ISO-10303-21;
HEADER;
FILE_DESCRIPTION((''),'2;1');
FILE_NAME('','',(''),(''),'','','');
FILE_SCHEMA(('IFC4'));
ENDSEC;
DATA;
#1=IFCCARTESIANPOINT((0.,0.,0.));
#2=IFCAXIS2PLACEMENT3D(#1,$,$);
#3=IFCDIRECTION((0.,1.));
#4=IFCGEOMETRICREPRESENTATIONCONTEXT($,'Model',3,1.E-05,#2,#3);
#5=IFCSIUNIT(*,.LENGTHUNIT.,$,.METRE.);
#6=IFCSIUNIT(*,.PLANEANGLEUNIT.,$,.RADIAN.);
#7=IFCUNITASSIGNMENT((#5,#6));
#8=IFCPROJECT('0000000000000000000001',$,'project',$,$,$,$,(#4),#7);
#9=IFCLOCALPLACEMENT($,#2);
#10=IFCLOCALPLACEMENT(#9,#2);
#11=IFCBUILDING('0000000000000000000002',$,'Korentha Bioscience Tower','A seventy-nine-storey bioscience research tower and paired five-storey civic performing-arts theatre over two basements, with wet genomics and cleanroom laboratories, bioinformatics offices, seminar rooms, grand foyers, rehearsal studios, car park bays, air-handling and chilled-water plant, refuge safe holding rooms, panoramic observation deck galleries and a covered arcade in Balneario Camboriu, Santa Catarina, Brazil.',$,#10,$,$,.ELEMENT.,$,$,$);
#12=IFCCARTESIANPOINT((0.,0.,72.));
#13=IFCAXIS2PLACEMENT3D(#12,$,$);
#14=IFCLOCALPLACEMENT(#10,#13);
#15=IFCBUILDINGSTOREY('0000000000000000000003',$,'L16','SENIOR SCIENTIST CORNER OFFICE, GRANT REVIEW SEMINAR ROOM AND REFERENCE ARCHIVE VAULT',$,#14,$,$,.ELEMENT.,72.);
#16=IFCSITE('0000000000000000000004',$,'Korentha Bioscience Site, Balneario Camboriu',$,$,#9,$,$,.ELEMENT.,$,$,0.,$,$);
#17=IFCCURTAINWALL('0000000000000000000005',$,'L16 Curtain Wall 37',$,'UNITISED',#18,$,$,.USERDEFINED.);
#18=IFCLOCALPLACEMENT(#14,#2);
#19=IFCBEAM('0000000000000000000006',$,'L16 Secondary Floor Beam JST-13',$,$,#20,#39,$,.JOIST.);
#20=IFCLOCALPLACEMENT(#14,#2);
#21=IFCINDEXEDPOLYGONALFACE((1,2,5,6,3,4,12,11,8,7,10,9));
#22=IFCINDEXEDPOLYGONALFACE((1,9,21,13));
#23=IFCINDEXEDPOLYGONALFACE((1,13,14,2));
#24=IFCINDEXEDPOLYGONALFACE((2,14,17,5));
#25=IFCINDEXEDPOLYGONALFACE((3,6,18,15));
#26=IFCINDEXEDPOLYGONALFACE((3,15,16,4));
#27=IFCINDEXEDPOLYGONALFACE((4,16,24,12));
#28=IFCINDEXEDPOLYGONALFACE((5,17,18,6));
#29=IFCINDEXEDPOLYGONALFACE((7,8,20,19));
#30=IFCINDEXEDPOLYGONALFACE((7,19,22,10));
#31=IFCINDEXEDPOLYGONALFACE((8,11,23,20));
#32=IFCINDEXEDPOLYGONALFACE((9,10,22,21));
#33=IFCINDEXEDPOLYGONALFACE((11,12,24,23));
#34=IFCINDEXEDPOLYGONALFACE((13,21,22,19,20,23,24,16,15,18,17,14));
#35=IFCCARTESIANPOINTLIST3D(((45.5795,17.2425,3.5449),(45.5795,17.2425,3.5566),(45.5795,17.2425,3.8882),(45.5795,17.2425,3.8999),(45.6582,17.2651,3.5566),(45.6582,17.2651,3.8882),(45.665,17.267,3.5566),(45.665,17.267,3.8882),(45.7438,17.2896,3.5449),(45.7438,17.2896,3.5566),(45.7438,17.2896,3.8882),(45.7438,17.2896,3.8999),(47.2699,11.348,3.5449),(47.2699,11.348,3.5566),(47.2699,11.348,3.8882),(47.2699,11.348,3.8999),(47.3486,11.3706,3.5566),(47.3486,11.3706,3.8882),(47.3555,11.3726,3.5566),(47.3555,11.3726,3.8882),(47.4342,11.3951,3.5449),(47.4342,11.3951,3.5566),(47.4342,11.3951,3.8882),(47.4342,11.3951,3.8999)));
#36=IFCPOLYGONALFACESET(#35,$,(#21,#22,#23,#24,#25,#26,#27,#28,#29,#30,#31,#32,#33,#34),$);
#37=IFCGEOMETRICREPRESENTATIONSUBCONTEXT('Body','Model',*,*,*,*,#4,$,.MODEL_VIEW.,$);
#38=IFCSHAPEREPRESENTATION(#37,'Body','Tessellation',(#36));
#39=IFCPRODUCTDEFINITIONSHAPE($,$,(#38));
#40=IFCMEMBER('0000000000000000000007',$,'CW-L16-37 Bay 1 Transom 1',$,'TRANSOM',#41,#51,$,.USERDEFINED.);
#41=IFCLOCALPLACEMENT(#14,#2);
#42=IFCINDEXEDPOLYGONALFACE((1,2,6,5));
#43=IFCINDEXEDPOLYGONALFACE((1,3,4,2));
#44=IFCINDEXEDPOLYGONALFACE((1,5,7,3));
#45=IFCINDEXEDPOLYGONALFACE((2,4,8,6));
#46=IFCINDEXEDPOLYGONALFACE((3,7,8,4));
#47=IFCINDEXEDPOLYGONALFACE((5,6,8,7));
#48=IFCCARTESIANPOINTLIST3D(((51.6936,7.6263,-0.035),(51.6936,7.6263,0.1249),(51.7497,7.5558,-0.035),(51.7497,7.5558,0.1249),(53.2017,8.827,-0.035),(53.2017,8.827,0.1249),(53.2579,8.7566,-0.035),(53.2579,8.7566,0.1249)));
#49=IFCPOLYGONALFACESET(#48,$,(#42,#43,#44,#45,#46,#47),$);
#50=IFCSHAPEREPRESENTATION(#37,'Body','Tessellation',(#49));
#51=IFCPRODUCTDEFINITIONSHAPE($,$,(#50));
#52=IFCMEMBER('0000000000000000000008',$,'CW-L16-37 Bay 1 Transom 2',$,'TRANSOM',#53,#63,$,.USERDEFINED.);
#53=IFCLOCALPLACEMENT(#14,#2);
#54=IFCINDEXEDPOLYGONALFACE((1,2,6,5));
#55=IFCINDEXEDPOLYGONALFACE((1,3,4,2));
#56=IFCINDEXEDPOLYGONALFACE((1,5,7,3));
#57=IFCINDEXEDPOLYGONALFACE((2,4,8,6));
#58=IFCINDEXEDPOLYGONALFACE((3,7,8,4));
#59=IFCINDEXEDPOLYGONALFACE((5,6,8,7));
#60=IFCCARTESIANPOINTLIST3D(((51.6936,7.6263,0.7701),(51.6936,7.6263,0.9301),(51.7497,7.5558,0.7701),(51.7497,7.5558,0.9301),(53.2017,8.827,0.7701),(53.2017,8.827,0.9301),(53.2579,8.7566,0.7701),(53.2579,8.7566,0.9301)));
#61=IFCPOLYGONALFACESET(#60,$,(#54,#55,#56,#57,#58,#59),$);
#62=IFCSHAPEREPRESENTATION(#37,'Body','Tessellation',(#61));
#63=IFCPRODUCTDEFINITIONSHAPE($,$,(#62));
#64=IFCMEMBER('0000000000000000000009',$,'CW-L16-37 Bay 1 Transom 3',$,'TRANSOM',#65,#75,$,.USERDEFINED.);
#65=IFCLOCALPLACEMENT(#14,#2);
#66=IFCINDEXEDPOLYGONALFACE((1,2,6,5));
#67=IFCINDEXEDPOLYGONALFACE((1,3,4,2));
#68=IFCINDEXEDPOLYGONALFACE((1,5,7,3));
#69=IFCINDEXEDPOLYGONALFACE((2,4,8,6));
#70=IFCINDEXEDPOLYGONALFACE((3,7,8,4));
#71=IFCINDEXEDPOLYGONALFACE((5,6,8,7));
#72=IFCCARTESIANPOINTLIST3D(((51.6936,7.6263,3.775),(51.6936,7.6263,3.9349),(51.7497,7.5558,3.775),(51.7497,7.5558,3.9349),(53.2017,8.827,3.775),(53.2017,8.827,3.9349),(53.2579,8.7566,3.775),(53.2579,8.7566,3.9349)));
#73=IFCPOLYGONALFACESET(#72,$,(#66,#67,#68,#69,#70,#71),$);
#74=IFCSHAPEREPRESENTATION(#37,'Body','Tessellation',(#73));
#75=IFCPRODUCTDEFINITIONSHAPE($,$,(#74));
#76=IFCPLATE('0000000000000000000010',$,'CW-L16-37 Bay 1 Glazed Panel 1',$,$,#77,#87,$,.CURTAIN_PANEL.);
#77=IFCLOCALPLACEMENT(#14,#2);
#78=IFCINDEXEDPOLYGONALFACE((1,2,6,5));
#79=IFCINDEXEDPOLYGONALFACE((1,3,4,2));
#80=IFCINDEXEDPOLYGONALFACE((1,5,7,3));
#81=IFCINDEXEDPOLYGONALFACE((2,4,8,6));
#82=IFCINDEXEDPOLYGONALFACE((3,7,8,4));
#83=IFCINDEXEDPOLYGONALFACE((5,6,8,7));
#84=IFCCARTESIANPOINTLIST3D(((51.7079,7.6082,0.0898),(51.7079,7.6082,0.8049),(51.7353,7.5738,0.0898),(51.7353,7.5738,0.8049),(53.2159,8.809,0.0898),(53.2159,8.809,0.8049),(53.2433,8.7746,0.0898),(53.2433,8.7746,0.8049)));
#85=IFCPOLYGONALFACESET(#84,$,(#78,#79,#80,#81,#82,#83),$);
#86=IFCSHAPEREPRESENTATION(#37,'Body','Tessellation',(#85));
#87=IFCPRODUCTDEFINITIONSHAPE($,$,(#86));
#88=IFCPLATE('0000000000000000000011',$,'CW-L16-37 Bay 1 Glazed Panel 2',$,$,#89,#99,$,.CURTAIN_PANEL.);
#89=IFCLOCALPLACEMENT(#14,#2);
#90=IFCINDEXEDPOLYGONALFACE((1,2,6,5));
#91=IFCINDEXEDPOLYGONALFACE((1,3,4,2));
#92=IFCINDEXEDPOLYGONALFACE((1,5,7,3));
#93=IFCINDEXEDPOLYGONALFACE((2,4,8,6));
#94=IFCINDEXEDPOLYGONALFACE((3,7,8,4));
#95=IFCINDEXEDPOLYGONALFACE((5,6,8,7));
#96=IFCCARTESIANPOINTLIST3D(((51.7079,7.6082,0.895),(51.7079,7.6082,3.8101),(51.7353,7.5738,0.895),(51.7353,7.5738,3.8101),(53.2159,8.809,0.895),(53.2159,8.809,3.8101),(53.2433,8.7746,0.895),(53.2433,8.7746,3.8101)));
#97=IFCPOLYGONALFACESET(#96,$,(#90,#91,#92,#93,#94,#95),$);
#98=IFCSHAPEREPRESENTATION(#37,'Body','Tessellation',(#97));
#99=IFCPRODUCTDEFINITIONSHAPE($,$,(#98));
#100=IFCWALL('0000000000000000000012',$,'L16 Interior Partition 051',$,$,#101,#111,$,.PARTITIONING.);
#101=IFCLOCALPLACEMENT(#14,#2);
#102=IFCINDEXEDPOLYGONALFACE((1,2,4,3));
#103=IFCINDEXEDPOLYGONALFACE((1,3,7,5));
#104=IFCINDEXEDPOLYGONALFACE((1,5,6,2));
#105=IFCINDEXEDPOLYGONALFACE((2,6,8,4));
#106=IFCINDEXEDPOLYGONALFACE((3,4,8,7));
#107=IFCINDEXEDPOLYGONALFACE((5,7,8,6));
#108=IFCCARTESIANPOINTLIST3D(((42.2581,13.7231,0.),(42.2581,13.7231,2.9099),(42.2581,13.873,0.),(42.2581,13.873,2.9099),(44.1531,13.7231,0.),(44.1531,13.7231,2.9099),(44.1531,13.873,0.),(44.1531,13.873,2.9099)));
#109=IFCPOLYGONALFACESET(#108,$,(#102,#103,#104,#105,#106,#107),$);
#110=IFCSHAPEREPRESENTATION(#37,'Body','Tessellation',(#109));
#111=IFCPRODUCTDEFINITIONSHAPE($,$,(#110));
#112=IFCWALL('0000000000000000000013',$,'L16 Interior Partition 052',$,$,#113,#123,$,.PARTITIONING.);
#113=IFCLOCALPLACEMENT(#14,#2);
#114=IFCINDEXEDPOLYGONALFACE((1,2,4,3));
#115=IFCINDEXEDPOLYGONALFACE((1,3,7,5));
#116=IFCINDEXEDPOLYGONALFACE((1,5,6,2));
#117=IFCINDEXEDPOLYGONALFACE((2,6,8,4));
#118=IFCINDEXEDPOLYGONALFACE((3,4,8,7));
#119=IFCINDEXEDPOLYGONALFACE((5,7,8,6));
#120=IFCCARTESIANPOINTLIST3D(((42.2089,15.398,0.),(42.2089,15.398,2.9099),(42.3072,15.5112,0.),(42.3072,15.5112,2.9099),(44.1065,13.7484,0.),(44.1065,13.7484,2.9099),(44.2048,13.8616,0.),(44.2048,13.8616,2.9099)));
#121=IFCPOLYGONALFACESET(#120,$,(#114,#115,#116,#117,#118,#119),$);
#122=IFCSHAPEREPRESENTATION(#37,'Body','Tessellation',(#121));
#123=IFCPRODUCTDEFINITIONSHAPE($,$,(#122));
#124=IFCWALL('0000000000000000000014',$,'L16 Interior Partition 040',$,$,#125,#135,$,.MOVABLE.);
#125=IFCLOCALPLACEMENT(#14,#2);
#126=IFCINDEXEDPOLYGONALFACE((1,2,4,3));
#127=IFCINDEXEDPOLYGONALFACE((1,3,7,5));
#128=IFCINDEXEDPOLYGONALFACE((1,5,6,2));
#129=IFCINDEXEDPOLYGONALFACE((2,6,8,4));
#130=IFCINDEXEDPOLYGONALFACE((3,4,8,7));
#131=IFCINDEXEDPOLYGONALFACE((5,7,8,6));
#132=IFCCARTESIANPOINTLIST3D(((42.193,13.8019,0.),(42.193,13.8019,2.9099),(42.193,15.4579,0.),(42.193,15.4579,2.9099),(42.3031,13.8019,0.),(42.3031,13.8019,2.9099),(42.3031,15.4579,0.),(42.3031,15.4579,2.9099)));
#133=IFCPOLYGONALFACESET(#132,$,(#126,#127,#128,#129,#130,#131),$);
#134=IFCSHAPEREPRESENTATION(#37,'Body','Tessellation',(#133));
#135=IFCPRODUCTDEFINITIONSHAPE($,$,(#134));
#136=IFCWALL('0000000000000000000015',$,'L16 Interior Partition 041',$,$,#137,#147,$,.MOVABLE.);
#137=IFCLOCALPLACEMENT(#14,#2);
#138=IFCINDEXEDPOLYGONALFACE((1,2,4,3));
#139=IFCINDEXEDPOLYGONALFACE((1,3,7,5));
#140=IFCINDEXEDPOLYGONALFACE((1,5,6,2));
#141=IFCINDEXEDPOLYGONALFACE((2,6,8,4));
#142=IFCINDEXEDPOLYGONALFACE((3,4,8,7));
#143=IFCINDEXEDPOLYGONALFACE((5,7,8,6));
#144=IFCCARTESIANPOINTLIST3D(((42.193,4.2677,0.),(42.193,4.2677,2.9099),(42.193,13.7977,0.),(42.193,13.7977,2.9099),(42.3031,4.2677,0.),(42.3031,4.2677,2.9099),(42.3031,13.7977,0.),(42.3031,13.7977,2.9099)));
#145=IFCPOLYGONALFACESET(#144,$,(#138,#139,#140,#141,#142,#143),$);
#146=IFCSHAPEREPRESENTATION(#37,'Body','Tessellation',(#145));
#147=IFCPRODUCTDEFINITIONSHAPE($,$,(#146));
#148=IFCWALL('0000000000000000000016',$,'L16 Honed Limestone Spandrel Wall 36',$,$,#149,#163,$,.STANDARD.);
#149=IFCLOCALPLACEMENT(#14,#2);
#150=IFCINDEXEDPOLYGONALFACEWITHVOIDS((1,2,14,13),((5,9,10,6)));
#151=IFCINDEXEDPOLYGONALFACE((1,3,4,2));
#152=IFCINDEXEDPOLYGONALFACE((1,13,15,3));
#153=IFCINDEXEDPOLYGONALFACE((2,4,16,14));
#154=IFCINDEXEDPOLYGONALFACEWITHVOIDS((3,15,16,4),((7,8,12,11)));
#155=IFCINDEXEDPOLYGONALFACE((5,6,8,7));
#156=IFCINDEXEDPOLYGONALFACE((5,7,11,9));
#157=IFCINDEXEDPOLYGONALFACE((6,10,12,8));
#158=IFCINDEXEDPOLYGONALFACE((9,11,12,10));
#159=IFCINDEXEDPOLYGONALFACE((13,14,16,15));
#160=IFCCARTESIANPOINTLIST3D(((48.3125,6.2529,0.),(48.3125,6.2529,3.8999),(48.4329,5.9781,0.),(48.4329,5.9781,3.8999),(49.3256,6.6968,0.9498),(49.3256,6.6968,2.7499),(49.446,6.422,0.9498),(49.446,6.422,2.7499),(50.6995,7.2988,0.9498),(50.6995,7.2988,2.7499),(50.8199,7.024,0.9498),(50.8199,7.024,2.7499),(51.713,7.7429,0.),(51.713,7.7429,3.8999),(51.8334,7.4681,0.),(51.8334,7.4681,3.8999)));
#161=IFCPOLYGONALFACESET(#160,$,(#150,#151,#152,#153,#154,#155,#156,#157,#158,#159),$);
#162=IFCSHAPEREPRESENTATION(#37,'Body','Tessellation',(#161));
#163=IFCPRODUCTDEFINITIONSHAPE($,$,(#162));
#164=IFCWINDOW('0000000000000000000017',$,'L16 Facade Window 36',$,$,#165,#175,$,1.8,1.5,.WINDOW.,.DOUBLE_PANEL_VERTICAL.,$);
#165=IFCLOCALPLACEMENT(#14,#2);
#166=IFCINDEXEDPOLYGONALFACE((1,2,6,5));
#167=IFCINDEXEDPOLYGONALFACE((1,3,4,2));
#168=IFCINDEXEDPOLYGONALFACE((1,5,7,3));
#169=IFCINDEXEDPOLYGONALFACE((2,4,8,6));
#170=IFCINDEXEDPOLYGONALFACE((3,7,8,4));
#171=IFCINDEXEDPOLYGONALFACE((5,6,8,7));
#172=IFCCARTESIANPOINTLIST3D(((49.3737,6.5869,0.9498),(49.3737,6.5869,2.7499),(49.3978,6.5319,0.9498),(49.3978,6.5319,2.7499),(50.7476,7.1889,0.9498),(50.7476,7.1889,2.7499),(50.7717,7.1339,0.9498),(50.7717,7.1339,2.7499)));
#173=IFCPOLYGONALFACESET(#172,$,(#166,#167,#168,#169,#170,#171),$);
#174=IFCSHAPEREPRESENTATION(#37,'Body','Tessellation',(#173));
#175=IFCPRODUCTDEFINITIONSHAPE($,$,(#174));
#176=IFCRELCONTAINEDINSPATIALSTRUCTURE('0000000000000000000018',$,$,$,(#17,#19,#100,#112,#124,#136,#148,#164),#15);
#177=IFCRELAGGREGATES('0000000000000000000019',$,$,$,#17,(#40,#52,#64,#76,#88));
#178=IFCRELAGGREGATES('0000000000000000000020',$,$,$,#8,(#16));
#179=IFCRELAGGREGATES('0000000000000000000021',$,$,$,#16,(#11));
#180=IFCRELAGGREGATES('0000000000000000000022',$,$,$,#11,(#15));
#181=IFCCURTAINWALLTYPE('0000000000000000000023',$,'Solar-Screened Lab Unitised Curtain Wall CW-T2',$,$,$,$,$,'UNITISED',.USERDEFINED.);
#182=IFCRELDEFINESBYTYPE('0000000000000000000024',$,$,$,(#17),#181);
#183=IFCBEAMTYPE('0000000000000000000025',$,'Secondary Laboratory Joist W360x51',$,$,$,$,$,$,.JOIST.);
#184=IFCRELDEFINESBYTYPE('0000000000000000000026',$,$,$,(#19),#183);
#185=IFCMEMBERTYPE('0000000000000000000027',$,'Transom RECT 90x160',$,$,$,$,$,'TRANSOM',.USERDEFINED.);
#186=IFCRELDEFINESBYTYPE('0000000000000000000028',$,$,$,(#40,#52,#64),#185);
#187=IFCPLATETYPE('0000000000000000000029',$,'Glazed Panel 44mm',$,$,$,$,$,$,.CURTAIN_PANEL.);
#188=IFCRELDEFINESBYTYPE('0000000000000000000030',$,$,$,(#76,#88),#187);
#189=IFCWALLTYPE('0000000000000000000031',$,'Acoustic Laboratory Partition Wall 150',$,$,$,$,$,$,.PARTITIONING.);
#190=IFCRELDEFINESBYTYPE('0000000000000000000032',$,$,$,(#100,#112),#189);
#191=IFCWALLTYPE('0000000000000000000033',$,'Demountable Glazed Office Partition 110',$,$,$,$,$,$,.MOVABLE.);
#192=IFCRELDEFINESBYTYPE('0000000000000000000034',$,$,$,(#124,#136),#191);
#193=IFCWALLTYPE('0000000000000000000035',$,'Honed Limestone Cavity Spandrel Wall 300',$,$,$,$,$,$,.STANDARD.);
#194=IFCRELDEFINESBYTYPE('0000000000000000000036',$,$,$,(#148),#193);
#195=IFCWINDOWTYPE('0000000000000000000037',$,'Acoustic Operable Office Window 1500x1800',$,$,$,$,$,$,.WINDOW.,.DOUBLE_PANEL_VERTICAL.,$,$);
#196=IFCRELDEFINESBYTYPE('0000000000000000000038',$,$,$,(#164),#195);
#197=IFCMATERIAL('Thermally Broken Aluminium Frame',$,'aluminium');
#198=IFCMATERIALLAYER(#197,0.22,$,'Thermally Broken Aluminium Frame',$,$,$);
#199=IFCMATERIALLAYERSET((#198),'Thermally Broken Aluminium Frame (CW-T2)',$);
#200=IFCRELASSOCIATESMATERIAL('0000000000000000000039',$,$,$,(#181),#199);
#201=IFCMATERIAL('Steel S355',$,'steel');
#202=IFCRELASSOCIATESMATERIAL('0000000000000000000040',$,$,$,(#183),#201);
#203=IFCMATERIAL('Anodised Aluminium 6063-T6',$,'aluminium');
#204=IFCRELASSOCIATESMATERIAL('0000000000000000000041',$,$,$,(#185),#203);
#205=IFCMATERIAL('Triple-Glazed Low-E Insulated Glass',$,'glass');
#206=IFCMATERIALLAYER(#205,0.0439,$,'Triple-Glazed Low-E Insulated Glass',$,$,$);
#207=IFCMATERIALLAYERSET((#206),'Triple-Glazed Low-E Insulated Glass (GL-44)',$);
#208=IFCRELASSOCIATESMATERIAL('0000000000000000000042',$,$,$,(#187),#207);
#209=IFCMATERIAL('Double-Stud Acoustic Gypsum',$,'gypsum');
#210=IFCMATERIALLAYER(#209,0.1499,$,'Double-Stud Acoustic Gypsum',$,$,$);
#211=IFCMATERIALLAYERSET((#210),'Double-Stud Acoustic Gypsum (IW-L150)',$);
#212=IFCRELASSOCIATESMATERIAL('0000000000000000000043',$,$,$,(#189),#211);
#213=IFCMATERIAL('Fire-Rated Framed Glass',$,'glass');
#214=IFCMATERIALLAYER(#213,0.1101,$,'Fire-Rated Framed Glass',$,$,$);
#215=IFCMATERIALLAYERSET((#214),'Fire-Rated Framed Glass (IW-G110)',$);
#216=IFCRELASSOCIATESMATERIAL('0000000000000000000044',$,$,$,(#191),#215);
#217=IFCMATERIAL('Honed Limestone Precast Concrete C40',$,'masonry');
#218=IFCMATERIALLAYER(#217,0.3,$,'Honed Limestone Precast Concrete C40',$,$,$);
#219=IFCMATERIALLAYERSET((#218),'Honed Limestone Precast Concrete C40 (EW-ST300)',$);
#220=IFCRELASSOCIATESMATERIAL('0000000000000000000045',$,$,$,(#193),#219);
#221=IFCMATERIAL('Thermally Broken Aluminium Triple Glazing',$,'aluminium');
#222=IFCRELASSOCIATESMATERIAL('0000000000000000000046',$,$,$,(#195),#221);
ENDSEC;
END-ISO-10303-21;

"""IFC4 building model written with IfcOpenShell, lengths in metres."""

from ifc_helpers import new_model, si_unit, direction, frame, frame_2d, origin, origin_2d, place, context, subcontext, project, spatial, rectangle, i_section, extrude, material, layer, layer_set, material_profile, profile_set, type_object, element, fill, aggregate, save


model = new_model("IFC4")

# Units and contexts
model_context = context("Model", 3, precision=1e-05, world=origin(), true_north=direction((0.0, 1.0)))
body_context = subcontext(model_context, "Body", "Model", "MODEL_VIEW")
ifc_project = project(units=[si_unit("LENGTHUNIT", "METRE"), si_unit("PLANEANGLEUNIT", "RADIAN")], contexts=[model_context])

# Site, building, storey
site_placement = place(None, origin())
site = spatial("IfcSite", under=ifc_project, at=site_placement, Name="Korentha Bioscience Site, Balneario Camboriu", CompositionType="ELEMENT", RefElevation=0.0)
building_placement = place(site_placement, origin())
building = spatial("IfcBuilding", under=site, at=building_placement, Name="Korentha Bioscience Tower", Description="A seventy-nine-storey bioscience research tower and paired five-storey civic performing-arts theatre over two basements, with wet genomics and cleanroom laboratories, bioinformatics offices, seminar rooms, grand foyers, rehearsal studios, car park bays, air-handling and chilled-water plant, refuge safe holding rooms, panoramic observation deck galleries and a covered arcade in Balneario Camboriu, Santa Catarina, Brazil.", CompositionType="ELEMENT")
storey_placement = place(building_placement, frame((0.0, 0.0, 72.0)))
storey = spatial("IfcBuildingStorey", under=building, at=storey_placement, Name="L16", Description="SENIOR SCIENTIST CORNER OFFICE, GRANT REVIEW SEMINAR ROOM AND REFERENCE ARCHIVE VAULT", CompositionType="ELEMENT", Elevation=72.0)

# Shared definitions
ifc_material_1 = material(Name="Steel S355", Category="steel")

# Curtain wall
ifc_material_2 = material(Name="Thermally Broken Aluminium Frame", Category="aluminium")
ifc_layer_1 = layer(ifc_material_2, 0.22, Name="Thermally Broken Aluminium Frame")
ifc_layer_set_1 = layer_set([ifc_layer_1], Name="Thermally Broken Aluminium Frame (CW-T2)")
curtain_wall_type = type_object("IfcCurtainWallType", Name="Solar-Screened Lab Unitised Curtain Wall CW-T2", ElementType="UNITISED", PredefinedType="USERDEFINED", material=ifc_layer_set_1)
curtain_wall_placement = place(storey_placement, origin())
curtain_wall = element("IfcCurtainWall", 1, at=curtain_wall_placement, inside=storey, type_object=curtain_wall_type, Name="L16 Curtain Wall 37", ObjectType="UNITISED", PredefinedType="USERDEFINED")
ifc_material_3 = material(Name="Anodised Aluminium 6063-T6", Category="aluminium")

# Beam
ifc_material_profile_1 = material_profile(ifc_material_1, i_section(OverallWidth=0.1709, OverallDepth=0.355, WebThickness=0.0071, FlangeThickness=0.0117, at=origin_2d()), Name="Steel S355")
ifc_profile_set_1 = profile_set([ifc_material_profile_1], Name="Steel S355 (JB-360)")
beam_type_1 = type_object("IfcBeamType", Name="Secondary Laboratory Joist W360x51", PredefinedType="JOIST", material=ifc_profile_set_1)
beam_1_placement = place(storey_placement, frame((47.3521, 11.3716, 3.7224), z_axis=(-0.275668, 0.961253, 0.0), x_axis=(-0.961253, -0.275668, 0.0)))
element("IfcBeam", 2, at=beam_1_placement, inside=storey, type_object=beam_type_1, Name="L16 Secondary Floor Beam JST-13", PredefinedType="JOIST", context=body_context, shape_type="SweptSolid", body=[
    extrude(i_section(OverallWidth=0.1709, OverallDepth=0.355, WebThickness=0.0071, FlangeThickness=0.0117, at=origin_2d()), origin(), (0.0, 0.0, 1.0), 6.1321),
])

# Members
ifc_material_profile_2 = material_profile(ifc_material_3, rectangle(XDim=0.0901, YDim=0.1599, at=origin_2d()), Name="Anodised Aluminium 6063-T6")
ifc_profile_set_2 = profile_set([ifc_material_profile_2], Name="Anodised Aluminium 6063-T6 (CW-TRN)")
member_type_1 = type_object("IfcMemberType", Name="Transom RECT 90x160", ElementType="TRANSOM", PredefinedType="USERDEFINED", material=ifc_profile_set_2)
member_1_placement = place(storey_placement, frame((51.7217, 7.5911, 0.0449), z_axis=(0.782325, 0.622871, 0.0), x_axis=(-0.622871, 0.782325, 0.0)))
member_1 = element("IfcMember", 3, at=member_1_placement, type_object=member_type_1, Name="CW-L16-37 Bay 1 Transom 1", ObjectType="TRANSOM", PredefinedType="USERDEFINED", context=body_context, shape_type="SweptSolid", body=[
    extrude(rectangle(XDim=0.0901, YDim=0.1599, at=origin_2d()), origin(), (0.0, 0.0, 1.0), 1.9277),
])
member_2_placement = place(storey_placement, frame((51.7217, 7.5911, 0.8501), z_axis=(0.782325, 0.622871, 0.0), x_axis=(-0.622871, 0.782325, 0.0)))
member_2 = element("IfcMember", 4, at=member_2_placement, type_object=member_type_1, Name="CW-L16-37 Bay 1 Transom 2", ObjectType="TRANSOM", PredefinedType="USERDEFINED", context=body_context, shape_type="SweptSolid", body=[
    extrude(rectangle(XDim=0.0901, YDim=0.1599, at=origin_2d()), origin(), (0.0, 0.0, 1.0), 1.9277),
])
member_3_placement = place(storey_placement, frame((51.7217, 7.5911, 3.855), z_axis=(0.782325, 0.622871, 0.0), x_axis=(-0.622871, 0.782325, 0.0)))
member_3 = element("IfcMember", 5, at=member_3_placement, type_object=member_type_1, Name="CW-L16-37 Bay 1 Transom 3", ObjectType="TRANSOM", PredefinedType="USERDEFINED", context=body_context, shape_type="SweptSolid", body=[
    extrude(rectangle(XDim=0.0901, YDim=0.1599, at=origin_2d()), origin(), (0.0, 0.0, 1.0), 1.9277),
])

# Plates
ifc_material_4 = material(Name="Triple-Glazed Low-E Insulated Glass", Category="glass")
ifc_layer_2 = layer(ifc_material_4, 0.0439, Name="Triple-Glazed Low-E Insulated Glass")
ifc_layer_set_2 = layer_set([ifc_layer_2], Name="Triple-Glazed Low-E Insulated Glass (GL-44)")
plate_type = type_object("IfcPlateType", Name="Glazed Panel 44mm", PredefinedType="CURTAIN_PANEL", material=ifc_layer_set_2)
plate_1_placement = place(storey_placement, frame((52.4756, 8.1914, 0.0898), z_axis=(0.0, 0.0, 1.0), x_axis=(0.782288, 0.622917, 0.0)))
plate_1 = element("IfcPlate", 6, at=plate_1_placement, type_object=plate_type, Name="CW-L16-37 Bay 1 Glazed Panel 1", PredefinedType="CURTAIN_PANEL", context=body_context, shape_type="SweptSolid", body=[
    extrude(rectangle(XDim=1.9277, YDim=0.0439, at=origin_2d()), origin(), (0.0, 0.0, 1.0), 0.7151),
])
plate_2_placement = place(storey_placement, frame((52.4756, 8.1914, 0.895), z_axis=(0.0, 0.0, 1.0), x_axis=(0.782288, 0.622917, 0.0)))
plate_2 = element("IfcPlate", 7, at=plate_2_placement, type_object=plate_type, Name="CW-L16-37 Bay 1 Glazed Panel 2", PredefinedType="CURTAIN_PANEL", context=body_context, shape_type="SweptSolid", body=[
    extrude(rectangle(XDim=1.9277, YDim=0.0439, at=origin_2d()), origin(), (0.0, 0.0, 1.0), 2.915),
])
aggregate(curtain_wall, [member_1, member_2, member_3, plate_1, plate_2])

# Walls
ifc_material_5 = material(Name="Double-Stud Acoustic Gypsum", Category="gypsum")
ifc_layer_3 = layer(ifc_material_5, 0.1499, Name="Double-Stud Acoustic Gypsum")
ifc_layer_set_3 = layer_set([ifc_layer_3], Name="Double-Stud Acoustic Gypsum (IW-L150)")
wall_type_1 = type_object("IfcWallType", Name="Acoustic Laboratory Partition Wall 150", PredefinedType="PARTITIONING", material=ifc_layer_set_3)
wall_1_placement = place(storey_placement, frame((42.2581, 13.7981, 0.0), z_axis=(0.0, 0.0, 1.0), x_axis=(1.0, 0.0, 0.0)))
element("IfcWall", 8, at=wall_1_placement, inside=storey, type_object=wall_type_1, Name="L16 Interior Partition 051", PredefinedType="PARTITIONING", context=body_context, shape_type="SweptSolid", body=[
    extrude(rectangle(XDim=1.895, YDim=0.1499, at=frame_2d((0.9475, 0.0))), origin(), (0.0, 0.0, 1.0), 2.9099),
])
wall_2_placement = place(storey_placement, frame((44.1558, 13.8049, 0.0), z_axis=(0.0, 0.0, 1.0), x_axis=(-0.754708, 0.656061, 0.0)))
element("IfcWall", 9, at=wall_2_placement, inside=storey, type_object=wall_type_1, Name="L16 Interior Partition 052", PredefinedType="PARTITIONING", context=body_context, shape_type="SweptSolid", body=[
    extrude(rectangle(XDim=2.5144, YDim=0.1499, at=frame_2d((1.2573, 0.0))), origin(), (0.0, 0.0, 1.0), 2.9099),
])
ifc_material_6 = material(Name="Fire-Rated Framed Glass", Category="glass")
ifc_layer_4 = layer(ifc_material_6, 0.1101, Name="Fire-Rated Framed Glass")
ifc_layer_set_4 = layer_set([ifc_layer_4], Name="Fire-Rated Framed Glass (IW-G110)")
wall_type_2 = type_object("IfcWallType", Name="Demountable Glazed Office Partition 110", PredefinedType="MOVABLE", material=ifc_layer_set_4)
wall_3_placement = place(storey_placement, frame((42.248, 15.458, 0.0), z_axis=(0.0, 0.0, 1.0), x_axis=(0.0, -1.0, 0.0)))
element("IfcWall", 10, at=wall_3_placement, inside=storey, type_object=wall_type_2, Name="L16 Interior Partition 040", PredefinedType="MOVABLE", context=body_context, shape_type="SweptSolid", body=[
    extrude(rectangle(XDim=1.656, YDim=0.1101, at=frame_2d((0.8281, 0.0))), origin(), (0.0, 0.0, 1.0), 2.9099),
])
wall_4_placement = place(storey_placement, frame((42.248, 13.7979, 0.0), z_axis=(0.0, 0.0, 1.0), x_axis=(0.0, -1.0, 0.0)))
element("IfcWall", 11, at=wall_4_placement, inside=storey, type_object=wall_type_2, Name="L16 Interior Partition 041", PredefinedType="MOVABLE", context=body_context, shape_type="SweptSolid", body=[
    extrude(rectangle(XDim=9.53, YDim=0.1101, at=frame_2d((4.7651, 0.0))), origin(), (0.0, 0.0, 1.0), 2.9099),
])

# Wall, opening, window
ifc_material_7 = material(Name="Honed Limestone Precast Concrete C40", Category="masonry")
ifc_layer_5 = layer(ifc_material_7, 0.3, Name="Honed Limestone Precast Concrete C40")
ifc_layer_set_5 = layer_set([ifc_layer_5], Name="Honed Limestone Precast Concrete C40 (EW-ST300)")
wall_type_3 = type_object("IfcWallType", Name="Honed Limestone Cavity Spandrel Wall 300", PredefinedType="STANDARD", material=ifc_layer_set_5)
wall_5_placement = place(storey_placement, frame((48.3726, 6.1155, 0.0), z_axis=(0.0, 0.0, 1.0), x_axis=(0.915938, 0.401319, 0.0)))
wall_5 = element("IfcWall", 12, at=wall_5_placement, inside=storey, type_object=wall_type_3, Name="L16 Honed Limestone Spandrel Wall 36", PredefinedType="STANDARD", context=body_context, shape_type="SweptSolid", body=[
    extrude(rectangle(XDim=3.7126, YDim=0.3, at=frame_2d((1.8564, 0.0))), origin(), (0.0, 0.0, 1.0), 3.8999),
])
opening_placement = place(wall_5_placement, frame((1.1062, 0.0, 0.95)))
opening = element("IfcOpeningElement", 13, at=opening_placement, cuts=wall_5, PredefinedType="OPENING", context=body_context, shape_type="SweptSolid", body=[
    extrude(rectangle(XDim=1.5, YDim=1.8, at=frame_2d((0.75, 0.8999))), frame((0.0, 0.165, 0.0), z_axis=(0.0, -1.0, 0.0), x_axis=(1.0, 0.0, 0.0)), (0.0, 0.0, 1.0), 0.3298),
])
ifc_material_8 = material(Name="Thermally Broken Aluminium Triple Glazing", Category="aluminium")
window_type = type_object("IfcWindowType", Name="Acoustic Operable Office Window 1500x1800", PartitioningType="DOUBLE_PANEL_VERTICAL", PredefinedType="WINDOW", material=ifc_material_8)
window_placement = place(opening_placement, origin())
window = element("IfcWindow", 14, at=window_placement, inside=storey, type_object=window_type, Name="L16 Facade Window 36", OverallHeight=1.8, OverallWidth=1.5, PartitioningType="DOUBLE_PANEL_VERTICAL", PredefinedType="WINDOW", context=body_context, shape_type="SweptSolid", body=[
    extrude(rectangle(XDim=1.5, YDim=1.8, at=frame_2d((0.75, 0.8999))), frame((0.0, 0.03, 0.0), z_axis=(0.0, -1.0, 0.0), x_axis=(1.0, 0.0, 0.0)), (0.0, 0.0, 1.0), 0.0601),
])
fill(opening, window)

save(model, "model.ifc")
